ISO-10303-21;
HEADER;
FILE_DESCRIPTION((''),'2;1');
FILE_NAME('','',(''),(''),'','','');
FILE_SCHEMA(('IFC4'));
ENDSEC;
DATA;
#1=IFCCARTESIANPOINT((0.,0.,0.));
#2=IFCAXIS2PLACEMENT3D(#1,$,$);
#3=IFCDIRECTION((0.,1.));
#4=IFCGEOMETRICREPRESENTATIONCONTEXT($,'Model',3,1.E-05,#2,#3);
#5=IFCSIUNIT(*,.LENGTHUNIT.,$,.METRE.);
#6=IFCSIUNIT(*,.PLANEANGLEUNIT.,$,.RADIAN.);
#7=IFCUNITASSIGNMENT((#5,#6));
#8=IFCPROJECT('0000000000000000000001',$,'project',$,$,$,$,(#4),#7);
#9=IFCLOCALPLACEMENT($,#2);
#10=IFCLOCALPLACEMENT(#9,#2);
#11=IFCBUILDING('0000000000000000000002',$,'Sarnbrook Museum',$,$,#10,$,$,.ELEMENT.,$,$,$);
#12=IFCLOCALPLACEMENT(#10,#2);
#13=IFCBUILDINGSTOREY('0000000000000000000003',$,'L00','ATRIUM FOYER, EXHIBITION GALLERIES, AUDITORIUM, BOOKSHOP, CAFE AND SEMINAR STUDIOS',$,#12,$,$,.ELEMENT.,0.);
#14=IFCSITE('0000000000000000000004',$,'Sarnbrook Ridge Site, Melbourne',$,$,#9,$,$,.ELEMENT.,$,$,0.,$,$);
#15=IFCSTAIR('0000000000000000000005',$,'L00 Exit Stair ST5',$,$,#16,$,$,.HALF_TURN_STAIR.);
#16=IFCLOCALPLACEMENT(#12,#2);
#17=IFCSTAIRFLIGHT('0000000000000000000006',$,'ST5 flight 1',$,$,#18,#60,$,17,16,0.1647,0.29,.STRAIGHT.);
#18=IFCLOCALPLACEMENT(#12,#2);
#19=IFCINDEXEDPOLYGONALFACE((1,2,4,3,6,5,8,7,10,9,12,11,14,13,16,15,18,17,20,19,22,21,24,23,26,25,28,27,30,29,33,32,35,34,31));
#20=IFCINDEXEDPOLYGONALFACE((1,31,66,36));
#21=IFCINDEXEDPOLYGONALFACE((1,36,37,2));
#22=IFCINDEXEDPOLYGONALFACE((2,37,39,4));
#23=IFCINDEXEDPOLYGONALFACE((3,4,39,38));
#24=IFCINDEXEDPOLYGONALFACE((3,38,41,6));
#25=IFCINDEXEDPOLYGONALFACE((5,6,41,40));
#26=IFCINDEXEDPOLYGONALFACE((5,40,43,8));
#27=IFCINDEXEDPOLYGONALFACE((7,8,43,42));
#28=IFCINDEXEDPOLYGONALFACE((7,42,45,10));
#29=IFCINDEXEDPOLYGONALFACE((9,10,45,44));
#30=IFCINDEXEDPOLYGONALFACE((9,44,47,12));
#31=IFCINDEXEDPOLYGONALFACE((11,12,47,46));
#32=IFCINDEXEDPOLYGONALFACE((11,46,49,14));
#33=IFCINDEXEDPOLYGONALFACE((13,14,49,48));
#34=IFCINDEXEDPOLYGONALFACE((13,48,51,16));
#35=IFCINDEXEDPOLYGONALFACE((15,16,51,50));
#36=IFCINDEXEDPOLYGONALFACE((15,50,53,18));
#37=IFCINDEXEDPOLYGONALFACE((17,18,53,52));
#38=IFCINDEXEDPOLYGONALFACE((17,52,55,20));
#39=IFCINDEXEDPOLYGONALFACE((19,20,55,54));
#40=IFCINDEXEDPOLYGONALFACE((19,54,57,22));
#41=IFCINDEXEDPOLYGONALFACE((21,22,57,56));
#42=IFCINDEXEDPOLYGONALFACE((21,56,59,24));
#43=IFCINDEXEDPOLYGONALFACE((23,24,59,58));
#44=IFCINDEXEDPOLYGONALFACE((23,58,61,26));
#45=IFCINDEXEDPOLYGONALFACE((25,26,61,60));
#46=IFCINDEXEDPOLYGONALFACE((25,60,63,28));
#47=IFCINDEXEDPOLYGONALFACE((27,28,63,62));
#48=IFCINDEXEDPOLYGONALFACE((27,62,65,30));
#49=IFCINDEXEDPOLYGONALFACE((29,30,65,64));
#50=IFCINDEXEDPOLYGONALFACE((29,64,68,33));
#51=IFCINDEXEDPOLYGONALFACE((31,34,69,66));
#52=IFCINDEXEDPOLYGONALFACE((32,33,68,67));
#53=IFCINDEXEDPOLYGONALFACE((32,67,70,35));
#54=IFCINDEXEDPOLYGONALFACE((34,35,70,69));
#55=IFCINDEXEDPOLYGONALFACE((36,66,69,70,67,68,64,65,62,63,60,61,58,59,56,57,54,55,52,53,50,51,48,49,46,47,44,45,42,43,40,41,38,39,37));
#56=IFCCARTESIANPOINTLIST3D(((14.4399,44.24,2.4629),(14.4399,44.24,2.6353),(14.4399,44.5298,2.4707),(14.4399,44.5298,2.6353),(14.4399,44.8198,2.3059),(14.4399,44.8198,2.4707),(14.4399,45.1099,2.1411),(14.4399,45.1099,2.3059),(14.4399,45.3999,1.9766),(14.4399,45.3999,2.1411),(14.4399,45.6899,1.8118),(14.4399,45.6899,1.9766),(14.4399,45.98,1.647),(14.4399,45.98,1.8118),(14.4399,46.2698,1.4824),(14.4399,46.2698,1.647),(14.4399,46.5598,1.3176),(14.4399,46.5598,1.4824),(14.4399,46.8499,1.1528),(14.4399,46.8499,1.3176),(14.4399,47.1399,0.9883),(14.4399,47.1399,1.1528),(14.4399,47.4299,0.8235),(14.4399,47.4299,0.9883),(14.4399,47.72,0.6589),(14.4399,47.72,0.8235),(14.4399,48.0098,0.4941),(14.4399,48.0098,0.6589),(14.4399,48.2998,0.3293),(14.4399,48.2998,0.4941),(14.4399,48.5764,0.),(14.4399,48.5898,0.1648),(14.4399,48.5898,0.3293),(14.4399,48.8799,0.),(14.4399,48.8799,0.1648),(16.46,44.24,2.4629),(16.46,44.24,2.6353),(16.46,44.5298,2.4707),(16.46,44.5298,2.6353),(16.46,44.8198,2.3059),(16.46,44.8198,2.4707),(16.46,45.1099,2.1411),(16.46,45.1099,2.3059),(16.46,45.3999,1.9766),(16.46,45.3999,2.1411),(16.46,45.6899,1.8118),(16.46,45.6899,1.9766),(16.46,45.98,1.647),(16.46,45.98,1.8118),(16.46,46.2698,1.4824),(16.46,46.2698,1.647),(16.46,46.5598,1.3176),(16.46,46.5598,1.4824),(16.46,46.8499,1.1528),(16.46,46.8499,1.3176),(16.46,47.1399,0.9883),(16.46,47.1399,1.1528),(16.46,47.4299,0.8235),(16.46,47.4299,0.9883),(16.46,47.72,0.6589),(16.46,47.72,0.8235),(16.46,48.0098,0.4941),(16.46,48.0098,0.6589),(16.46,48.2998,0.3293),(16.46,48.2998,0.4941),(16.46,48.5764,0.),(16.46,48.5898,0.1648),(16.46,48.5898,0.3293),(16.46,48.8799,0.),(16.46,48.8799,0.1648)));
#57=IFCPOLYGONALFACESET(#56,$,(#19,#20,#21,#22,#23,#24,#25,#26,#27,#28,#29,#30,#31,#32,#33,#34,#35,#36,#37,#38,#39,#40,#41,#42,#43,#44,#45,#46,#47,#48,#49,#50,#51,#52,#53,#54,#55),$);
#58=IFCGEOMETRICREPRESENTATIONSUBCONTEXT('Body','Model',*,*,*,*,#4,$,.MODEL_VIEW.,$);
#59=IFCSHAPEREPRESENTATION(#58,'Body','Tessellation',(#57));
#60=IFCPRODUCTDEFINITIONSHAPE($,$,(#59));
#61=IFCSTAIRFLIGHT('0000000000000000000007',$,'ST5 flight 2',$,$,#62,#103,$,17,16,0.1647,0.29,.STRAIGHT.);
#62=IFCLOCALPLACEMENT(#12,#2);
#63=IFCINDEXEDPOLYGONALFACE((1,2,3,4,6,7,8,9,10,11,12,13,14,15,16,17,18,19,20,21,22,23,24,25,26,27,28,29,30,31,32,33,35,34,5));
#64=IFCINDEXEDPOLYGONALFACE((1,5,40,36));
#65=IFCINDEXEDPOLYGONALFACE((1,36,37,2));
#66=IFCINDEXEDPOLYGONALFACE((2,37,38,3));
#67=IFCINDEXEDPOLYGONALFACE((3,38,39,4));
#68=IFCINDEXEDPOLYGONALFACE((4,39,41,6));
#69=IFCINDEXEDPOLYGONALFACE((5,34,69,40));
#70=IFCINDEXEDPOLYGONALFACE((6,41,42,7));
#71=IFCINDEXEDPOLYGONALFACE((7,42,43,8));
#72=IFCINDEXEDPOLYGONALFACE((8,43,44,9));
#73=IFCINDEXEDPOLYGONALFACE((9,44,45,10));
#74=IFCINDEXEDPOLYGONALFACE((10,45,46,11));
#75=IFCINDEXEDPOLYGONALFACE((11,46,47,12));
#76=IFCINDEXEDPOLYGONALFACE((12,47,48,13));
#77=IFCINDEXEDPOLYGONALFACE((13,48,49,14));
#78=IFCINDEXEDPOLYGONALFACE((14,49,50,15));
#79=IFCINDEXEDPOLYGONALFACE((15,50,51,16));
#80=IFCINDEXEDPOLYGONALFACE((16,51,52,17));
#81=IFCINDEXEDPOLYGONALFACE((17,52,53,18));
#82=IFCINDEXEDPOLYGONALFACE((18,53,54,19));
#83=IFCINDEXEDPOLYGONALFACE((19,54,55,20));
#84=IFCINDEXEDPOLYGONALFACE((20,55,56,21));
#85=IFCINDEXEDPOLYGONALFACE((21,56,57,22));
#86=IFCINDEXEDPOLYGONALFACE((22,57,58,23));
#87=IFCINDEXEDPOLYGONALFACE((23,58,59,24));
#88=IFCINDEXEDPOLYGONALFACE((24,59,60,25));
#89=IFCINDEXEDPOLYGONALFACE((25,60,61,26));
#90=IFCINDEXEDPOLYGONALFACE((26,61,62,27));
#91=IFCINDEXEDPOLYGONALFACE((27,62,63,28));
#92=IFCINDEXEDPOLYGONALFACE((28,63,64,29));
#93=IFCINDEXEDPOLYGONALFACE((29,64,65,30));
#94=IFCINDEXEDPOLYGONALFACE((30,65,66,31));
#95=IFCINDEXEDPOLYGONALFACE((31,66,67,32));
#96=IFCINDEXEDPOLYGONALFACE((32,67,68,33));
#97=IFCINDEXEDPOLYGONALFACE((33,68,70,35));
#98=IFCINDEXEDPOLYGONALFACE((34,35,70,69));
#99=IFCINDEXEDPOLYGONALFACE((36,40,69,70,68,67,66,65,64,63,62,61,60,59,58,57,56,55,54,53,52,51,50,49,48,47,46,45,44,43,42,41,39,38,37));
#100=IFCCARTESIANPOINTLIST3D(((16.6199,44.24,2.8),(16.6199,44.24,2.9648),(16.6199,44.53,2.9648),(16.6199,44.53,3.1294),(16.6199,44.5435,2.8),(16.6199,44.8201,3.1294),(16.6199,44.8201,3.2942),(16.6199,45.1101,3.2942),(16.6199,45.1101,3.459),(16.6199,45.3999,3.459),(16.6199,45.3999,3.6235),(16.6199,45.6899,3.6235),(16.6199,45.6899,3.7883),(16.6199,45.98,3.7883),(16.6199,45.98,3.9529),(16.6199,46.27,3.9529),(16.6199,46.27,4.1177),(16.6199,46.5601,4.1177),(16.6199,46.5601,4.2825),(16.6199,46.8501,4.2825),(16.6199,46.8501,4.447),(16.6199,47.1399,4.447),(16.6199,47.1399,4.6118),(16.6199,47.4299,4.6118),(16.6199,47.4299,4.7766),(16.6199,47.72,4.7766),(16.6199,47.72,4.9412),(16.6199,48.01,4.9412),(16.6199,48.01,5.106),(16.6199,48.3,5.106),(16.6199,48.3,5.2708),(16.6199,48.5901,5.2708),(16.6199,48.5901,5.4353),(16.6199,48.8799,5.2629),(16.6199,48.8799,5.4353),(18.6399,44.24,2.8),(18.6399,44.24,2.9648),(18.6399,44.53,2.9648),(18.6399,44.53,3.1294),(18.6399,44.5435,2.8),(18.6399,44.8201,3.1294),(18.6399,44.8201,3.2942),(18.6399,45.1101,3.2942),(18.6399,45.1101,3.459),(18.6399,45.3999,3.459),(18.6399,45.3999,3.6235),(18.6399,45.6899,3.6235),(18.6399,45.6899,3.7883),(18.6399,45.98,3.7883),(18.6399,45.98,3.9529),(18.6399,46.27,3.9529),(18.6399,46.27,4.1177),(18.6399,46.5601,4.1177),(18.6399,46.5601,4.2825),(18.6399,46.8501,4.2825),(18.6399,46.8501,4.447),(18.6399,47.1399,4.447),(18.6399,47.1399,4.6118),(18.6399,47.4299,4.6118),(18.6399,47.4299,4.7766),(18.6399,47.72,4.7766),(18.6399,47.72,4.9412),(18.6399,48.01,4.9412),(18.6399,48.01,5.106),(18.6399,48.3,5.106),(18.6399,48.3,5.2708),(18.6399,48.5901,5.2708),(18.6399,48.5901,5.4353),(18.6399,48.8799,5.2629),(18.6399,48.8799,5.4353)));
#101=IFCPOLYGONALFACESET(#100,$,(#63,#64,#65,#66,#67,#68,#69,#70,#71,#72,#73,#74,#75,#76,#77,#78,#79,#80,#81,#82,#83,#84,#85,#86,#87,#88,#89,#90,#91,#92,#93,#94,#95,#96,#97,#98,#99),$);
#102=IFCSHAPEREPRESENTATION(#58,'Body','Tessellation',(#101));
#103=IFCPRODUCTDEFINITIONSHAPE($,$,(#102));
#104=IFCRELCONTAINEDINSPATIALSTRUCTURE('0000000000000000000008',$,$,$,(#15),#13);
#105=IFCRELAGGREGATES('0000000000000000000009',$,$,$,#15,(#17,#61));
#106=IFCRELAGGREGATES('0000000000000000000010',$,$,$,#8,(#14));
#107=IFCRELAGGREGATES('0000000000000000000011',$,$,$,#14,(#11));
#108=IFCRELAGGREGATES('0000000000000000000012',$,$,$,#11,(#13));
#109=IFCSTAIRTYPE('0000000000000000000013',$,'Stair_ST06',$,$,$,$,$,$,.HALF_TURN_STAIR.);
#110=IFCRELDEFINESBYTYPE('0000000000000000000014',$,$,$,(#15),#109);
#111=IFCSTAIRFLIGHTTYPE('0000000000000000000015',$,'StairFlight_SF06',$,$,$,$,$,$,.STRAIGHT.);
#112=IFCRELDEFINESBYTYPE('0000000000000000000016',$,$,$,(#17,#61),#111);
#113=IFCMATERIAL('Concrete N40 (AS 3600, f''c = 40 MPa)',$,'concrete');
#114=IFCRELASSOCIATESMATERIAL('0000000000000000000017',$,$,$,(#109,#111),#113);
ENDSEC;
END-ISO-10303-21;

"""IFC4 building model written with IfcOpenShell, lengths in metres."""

from ifc_helpers import new_model, si_unit, direction, frame, origin, place, context, subcontext, project, spatial, polyline, outline, extrude, material, type_object, element, aggregate, save


model = new_model("IFC4")

# Units and contexts
model_context = context("Model", 3, precision=1e-05, world=origin(), true_north=direction((0.0, 1.0)))
body_context = subcontext(model_context, "Body", "Model", "MODEL_VIEW")
ifc_project = project(units=[si_unit("LENGTHUNIT", "METRE"), si_unit("PLANEANGLEUNIT", "RADIAN")], contexts=[model_context])

# Site, building, storey
site_placement = place(None, origin())
site = spatial("IfcSite", under=ifc_project, at=site_placement, Name="Sarnbrook Ridge Site, Melbourne", CompositionType="ELEMENT", RefElevation=0.0)
building_placement = place(site_placement, origin())
building = spatial("IfcBuilding", under=site, at=building_placement, Name="Sarnbrook Museum", CompositionType="ELEMENT")
storey_placement = place(building_placement, origin())
storey = spatial("IfcBuildingStorey", under=building, at=storey_placement, Name="L00", Description="ATRIUM FOYER, EXHIBITION GALLERIES, AUDITORIUM, BOOKSHOP, CAFE AND SEMINAR STUDIOS", CompositionType="ELEMENT", Elevation=0.0)

# Stair, stair flights
ifc_material_1 = material(Name="Concrete N40 (AS 3600, f'c = 40 MPa)", Category="concrete")
stair_type = type_object("IfcStairType", Name="Stair_ST06", PredefinedType="HALF_TURN_STAIR", material=ifc_material_1)
stair_placement = place(storey_placement, origin())
stair = element("IfcStair", 1, at=stair_placement, inside=storey, type_object=stair_type, Name="L00 Exit Stair ST5", PredefinedType="HALF_TURN_STAIR")
stair_flight_type = type_object("IfcStairFlightType", Name="StairFlight_SF06", PredefinedType="STRAIGHT", material=ifc_material_1)
stair_flight_1_placement = place(storey_placement, frame((15.45, 48.8799, 0.0), z_axis=(0.0, 0.0, 1.0), x_axis=(0.0, -1.0, 0.0)))
stair_flight_1 = element("IfcStairFlight", 2, at=stair_flight_1_placement, type_object=stair_flight_type, Name="ST5 flight 1", NumberOfRisers=17, NumberOfTreads=16, PredefinedType="STRAIGHT", RiserHeight=0.1647, TreadLength=0.29, context=body_context, shape_type="SweptSolid", body=[
    extrude(outline(polyline([(0.0, 0.0), (0.0, 0.1648), (0.29, 0.1648), (0.29, 0.3293), (0.5801, 0.3293), (0.5801, 0.4941), (0.8701, 0.4941), (0.8701, 0.6589), (1.1599, 0.6589), (1.1599, 0.8235), (1.45, 0.8235), (1.45, 0.9883), (1.74, 0.9883), (1.74, 1.1528), (2.03, 1.1528), (2.03, 1.3176), (2.3201, 1.3176), (2.3201, 1.4824), (2.6101, 1.4824), (2.6101, 1.647), (2.8999, 1.647), (2.8999, 1.8118), (3.1899, 1.8118), (3.1899, 1.9766), (3.48, 1.9766), (3.48, 2.1411), (3.77, 2.1411), (3.77, 2.3059), (4.0601, 2.3059), (4.0601, 2.4707), (4.3501, 2.4707), (4.3501, 2.6353), (4.6399, 2.6353), (4.6399, 2.8), (4.6399, 2.4629), (0.3035, 0.0), (0.0, 0.0)])), frame((0.0, 1.01, 0.0), z_axis=(0.0, -1.0, 0.0), x_axis=(1.0, 0.0, 0.0)), (0.0, 0.0, 1.0), 2.02),
])
stair_flight_2_placement = place(storey_placement, frame((17.6299, 44.24, 2.8), z_axis=(0.0, 0.0, 1.0), x_axis=(0.0, 1.0, 0.0)))
stair_flight_2 = element("IfcStairFlight", 3, at=stair_flight_2_placement, type_object=stair_flight_type, Name="ST5 flight 2", NumberOfRisers=17, NumberOfTreads=16, PredefinedType="STRAIGHT", RiserHeight=0.1647, TreadLength=0.29, context=body_context, shape_type="SweptSolid", body=[
    extrude(outline(polyline([(0.0, 0.0), (0.0, 0.1648), (0.29, 0.1648), (0.29, 0.3293), (0.5801, 0.3293), (0.5801, 0.4941), (0.8701, 0.4941), (0.8701, 0.6589), (1.1599, 0.6589), (1.1599, 0.8235), (1.45, 0.8235), (1.45, 0.9883), (1.74, 0.9883), (1.74, 1.1528), (2.03, 1.1528), (2.03, 1.3176), (2.3201, 1.3176), (2.3201, 1.4824), (2.6101, 1.4824), (2.6101, 1.647), (2.8999, 1.647), (2.8999, 1.8118), (3.1899, 1.8118), (3.1899, 1.9766), (3.48, 1.9766), (3.48, 2.1411), (3.77, 2.1411), (3.77, 2.3059), (4.0601, 2.3059), (4.0601, 2.4707), (4.3501, 2.4707), (4.3501, 2.6353), (4.6399, 2.6353), (4.6399, 2.8), (4.6399, 2.4629), (0.3035, 0.0), (0.0, 0.0)])), frame((0.0, 1.01, 0.0), z_axis=(0.0, -1.0, 0.0), x_axis=(1.0, 0.0, 0.0)), (0.0, 0.0, 1.0), 2.02),
])
aggregate(stair, [stair_flight_1, stair_flight_2])

save(model, "model.ifc")
